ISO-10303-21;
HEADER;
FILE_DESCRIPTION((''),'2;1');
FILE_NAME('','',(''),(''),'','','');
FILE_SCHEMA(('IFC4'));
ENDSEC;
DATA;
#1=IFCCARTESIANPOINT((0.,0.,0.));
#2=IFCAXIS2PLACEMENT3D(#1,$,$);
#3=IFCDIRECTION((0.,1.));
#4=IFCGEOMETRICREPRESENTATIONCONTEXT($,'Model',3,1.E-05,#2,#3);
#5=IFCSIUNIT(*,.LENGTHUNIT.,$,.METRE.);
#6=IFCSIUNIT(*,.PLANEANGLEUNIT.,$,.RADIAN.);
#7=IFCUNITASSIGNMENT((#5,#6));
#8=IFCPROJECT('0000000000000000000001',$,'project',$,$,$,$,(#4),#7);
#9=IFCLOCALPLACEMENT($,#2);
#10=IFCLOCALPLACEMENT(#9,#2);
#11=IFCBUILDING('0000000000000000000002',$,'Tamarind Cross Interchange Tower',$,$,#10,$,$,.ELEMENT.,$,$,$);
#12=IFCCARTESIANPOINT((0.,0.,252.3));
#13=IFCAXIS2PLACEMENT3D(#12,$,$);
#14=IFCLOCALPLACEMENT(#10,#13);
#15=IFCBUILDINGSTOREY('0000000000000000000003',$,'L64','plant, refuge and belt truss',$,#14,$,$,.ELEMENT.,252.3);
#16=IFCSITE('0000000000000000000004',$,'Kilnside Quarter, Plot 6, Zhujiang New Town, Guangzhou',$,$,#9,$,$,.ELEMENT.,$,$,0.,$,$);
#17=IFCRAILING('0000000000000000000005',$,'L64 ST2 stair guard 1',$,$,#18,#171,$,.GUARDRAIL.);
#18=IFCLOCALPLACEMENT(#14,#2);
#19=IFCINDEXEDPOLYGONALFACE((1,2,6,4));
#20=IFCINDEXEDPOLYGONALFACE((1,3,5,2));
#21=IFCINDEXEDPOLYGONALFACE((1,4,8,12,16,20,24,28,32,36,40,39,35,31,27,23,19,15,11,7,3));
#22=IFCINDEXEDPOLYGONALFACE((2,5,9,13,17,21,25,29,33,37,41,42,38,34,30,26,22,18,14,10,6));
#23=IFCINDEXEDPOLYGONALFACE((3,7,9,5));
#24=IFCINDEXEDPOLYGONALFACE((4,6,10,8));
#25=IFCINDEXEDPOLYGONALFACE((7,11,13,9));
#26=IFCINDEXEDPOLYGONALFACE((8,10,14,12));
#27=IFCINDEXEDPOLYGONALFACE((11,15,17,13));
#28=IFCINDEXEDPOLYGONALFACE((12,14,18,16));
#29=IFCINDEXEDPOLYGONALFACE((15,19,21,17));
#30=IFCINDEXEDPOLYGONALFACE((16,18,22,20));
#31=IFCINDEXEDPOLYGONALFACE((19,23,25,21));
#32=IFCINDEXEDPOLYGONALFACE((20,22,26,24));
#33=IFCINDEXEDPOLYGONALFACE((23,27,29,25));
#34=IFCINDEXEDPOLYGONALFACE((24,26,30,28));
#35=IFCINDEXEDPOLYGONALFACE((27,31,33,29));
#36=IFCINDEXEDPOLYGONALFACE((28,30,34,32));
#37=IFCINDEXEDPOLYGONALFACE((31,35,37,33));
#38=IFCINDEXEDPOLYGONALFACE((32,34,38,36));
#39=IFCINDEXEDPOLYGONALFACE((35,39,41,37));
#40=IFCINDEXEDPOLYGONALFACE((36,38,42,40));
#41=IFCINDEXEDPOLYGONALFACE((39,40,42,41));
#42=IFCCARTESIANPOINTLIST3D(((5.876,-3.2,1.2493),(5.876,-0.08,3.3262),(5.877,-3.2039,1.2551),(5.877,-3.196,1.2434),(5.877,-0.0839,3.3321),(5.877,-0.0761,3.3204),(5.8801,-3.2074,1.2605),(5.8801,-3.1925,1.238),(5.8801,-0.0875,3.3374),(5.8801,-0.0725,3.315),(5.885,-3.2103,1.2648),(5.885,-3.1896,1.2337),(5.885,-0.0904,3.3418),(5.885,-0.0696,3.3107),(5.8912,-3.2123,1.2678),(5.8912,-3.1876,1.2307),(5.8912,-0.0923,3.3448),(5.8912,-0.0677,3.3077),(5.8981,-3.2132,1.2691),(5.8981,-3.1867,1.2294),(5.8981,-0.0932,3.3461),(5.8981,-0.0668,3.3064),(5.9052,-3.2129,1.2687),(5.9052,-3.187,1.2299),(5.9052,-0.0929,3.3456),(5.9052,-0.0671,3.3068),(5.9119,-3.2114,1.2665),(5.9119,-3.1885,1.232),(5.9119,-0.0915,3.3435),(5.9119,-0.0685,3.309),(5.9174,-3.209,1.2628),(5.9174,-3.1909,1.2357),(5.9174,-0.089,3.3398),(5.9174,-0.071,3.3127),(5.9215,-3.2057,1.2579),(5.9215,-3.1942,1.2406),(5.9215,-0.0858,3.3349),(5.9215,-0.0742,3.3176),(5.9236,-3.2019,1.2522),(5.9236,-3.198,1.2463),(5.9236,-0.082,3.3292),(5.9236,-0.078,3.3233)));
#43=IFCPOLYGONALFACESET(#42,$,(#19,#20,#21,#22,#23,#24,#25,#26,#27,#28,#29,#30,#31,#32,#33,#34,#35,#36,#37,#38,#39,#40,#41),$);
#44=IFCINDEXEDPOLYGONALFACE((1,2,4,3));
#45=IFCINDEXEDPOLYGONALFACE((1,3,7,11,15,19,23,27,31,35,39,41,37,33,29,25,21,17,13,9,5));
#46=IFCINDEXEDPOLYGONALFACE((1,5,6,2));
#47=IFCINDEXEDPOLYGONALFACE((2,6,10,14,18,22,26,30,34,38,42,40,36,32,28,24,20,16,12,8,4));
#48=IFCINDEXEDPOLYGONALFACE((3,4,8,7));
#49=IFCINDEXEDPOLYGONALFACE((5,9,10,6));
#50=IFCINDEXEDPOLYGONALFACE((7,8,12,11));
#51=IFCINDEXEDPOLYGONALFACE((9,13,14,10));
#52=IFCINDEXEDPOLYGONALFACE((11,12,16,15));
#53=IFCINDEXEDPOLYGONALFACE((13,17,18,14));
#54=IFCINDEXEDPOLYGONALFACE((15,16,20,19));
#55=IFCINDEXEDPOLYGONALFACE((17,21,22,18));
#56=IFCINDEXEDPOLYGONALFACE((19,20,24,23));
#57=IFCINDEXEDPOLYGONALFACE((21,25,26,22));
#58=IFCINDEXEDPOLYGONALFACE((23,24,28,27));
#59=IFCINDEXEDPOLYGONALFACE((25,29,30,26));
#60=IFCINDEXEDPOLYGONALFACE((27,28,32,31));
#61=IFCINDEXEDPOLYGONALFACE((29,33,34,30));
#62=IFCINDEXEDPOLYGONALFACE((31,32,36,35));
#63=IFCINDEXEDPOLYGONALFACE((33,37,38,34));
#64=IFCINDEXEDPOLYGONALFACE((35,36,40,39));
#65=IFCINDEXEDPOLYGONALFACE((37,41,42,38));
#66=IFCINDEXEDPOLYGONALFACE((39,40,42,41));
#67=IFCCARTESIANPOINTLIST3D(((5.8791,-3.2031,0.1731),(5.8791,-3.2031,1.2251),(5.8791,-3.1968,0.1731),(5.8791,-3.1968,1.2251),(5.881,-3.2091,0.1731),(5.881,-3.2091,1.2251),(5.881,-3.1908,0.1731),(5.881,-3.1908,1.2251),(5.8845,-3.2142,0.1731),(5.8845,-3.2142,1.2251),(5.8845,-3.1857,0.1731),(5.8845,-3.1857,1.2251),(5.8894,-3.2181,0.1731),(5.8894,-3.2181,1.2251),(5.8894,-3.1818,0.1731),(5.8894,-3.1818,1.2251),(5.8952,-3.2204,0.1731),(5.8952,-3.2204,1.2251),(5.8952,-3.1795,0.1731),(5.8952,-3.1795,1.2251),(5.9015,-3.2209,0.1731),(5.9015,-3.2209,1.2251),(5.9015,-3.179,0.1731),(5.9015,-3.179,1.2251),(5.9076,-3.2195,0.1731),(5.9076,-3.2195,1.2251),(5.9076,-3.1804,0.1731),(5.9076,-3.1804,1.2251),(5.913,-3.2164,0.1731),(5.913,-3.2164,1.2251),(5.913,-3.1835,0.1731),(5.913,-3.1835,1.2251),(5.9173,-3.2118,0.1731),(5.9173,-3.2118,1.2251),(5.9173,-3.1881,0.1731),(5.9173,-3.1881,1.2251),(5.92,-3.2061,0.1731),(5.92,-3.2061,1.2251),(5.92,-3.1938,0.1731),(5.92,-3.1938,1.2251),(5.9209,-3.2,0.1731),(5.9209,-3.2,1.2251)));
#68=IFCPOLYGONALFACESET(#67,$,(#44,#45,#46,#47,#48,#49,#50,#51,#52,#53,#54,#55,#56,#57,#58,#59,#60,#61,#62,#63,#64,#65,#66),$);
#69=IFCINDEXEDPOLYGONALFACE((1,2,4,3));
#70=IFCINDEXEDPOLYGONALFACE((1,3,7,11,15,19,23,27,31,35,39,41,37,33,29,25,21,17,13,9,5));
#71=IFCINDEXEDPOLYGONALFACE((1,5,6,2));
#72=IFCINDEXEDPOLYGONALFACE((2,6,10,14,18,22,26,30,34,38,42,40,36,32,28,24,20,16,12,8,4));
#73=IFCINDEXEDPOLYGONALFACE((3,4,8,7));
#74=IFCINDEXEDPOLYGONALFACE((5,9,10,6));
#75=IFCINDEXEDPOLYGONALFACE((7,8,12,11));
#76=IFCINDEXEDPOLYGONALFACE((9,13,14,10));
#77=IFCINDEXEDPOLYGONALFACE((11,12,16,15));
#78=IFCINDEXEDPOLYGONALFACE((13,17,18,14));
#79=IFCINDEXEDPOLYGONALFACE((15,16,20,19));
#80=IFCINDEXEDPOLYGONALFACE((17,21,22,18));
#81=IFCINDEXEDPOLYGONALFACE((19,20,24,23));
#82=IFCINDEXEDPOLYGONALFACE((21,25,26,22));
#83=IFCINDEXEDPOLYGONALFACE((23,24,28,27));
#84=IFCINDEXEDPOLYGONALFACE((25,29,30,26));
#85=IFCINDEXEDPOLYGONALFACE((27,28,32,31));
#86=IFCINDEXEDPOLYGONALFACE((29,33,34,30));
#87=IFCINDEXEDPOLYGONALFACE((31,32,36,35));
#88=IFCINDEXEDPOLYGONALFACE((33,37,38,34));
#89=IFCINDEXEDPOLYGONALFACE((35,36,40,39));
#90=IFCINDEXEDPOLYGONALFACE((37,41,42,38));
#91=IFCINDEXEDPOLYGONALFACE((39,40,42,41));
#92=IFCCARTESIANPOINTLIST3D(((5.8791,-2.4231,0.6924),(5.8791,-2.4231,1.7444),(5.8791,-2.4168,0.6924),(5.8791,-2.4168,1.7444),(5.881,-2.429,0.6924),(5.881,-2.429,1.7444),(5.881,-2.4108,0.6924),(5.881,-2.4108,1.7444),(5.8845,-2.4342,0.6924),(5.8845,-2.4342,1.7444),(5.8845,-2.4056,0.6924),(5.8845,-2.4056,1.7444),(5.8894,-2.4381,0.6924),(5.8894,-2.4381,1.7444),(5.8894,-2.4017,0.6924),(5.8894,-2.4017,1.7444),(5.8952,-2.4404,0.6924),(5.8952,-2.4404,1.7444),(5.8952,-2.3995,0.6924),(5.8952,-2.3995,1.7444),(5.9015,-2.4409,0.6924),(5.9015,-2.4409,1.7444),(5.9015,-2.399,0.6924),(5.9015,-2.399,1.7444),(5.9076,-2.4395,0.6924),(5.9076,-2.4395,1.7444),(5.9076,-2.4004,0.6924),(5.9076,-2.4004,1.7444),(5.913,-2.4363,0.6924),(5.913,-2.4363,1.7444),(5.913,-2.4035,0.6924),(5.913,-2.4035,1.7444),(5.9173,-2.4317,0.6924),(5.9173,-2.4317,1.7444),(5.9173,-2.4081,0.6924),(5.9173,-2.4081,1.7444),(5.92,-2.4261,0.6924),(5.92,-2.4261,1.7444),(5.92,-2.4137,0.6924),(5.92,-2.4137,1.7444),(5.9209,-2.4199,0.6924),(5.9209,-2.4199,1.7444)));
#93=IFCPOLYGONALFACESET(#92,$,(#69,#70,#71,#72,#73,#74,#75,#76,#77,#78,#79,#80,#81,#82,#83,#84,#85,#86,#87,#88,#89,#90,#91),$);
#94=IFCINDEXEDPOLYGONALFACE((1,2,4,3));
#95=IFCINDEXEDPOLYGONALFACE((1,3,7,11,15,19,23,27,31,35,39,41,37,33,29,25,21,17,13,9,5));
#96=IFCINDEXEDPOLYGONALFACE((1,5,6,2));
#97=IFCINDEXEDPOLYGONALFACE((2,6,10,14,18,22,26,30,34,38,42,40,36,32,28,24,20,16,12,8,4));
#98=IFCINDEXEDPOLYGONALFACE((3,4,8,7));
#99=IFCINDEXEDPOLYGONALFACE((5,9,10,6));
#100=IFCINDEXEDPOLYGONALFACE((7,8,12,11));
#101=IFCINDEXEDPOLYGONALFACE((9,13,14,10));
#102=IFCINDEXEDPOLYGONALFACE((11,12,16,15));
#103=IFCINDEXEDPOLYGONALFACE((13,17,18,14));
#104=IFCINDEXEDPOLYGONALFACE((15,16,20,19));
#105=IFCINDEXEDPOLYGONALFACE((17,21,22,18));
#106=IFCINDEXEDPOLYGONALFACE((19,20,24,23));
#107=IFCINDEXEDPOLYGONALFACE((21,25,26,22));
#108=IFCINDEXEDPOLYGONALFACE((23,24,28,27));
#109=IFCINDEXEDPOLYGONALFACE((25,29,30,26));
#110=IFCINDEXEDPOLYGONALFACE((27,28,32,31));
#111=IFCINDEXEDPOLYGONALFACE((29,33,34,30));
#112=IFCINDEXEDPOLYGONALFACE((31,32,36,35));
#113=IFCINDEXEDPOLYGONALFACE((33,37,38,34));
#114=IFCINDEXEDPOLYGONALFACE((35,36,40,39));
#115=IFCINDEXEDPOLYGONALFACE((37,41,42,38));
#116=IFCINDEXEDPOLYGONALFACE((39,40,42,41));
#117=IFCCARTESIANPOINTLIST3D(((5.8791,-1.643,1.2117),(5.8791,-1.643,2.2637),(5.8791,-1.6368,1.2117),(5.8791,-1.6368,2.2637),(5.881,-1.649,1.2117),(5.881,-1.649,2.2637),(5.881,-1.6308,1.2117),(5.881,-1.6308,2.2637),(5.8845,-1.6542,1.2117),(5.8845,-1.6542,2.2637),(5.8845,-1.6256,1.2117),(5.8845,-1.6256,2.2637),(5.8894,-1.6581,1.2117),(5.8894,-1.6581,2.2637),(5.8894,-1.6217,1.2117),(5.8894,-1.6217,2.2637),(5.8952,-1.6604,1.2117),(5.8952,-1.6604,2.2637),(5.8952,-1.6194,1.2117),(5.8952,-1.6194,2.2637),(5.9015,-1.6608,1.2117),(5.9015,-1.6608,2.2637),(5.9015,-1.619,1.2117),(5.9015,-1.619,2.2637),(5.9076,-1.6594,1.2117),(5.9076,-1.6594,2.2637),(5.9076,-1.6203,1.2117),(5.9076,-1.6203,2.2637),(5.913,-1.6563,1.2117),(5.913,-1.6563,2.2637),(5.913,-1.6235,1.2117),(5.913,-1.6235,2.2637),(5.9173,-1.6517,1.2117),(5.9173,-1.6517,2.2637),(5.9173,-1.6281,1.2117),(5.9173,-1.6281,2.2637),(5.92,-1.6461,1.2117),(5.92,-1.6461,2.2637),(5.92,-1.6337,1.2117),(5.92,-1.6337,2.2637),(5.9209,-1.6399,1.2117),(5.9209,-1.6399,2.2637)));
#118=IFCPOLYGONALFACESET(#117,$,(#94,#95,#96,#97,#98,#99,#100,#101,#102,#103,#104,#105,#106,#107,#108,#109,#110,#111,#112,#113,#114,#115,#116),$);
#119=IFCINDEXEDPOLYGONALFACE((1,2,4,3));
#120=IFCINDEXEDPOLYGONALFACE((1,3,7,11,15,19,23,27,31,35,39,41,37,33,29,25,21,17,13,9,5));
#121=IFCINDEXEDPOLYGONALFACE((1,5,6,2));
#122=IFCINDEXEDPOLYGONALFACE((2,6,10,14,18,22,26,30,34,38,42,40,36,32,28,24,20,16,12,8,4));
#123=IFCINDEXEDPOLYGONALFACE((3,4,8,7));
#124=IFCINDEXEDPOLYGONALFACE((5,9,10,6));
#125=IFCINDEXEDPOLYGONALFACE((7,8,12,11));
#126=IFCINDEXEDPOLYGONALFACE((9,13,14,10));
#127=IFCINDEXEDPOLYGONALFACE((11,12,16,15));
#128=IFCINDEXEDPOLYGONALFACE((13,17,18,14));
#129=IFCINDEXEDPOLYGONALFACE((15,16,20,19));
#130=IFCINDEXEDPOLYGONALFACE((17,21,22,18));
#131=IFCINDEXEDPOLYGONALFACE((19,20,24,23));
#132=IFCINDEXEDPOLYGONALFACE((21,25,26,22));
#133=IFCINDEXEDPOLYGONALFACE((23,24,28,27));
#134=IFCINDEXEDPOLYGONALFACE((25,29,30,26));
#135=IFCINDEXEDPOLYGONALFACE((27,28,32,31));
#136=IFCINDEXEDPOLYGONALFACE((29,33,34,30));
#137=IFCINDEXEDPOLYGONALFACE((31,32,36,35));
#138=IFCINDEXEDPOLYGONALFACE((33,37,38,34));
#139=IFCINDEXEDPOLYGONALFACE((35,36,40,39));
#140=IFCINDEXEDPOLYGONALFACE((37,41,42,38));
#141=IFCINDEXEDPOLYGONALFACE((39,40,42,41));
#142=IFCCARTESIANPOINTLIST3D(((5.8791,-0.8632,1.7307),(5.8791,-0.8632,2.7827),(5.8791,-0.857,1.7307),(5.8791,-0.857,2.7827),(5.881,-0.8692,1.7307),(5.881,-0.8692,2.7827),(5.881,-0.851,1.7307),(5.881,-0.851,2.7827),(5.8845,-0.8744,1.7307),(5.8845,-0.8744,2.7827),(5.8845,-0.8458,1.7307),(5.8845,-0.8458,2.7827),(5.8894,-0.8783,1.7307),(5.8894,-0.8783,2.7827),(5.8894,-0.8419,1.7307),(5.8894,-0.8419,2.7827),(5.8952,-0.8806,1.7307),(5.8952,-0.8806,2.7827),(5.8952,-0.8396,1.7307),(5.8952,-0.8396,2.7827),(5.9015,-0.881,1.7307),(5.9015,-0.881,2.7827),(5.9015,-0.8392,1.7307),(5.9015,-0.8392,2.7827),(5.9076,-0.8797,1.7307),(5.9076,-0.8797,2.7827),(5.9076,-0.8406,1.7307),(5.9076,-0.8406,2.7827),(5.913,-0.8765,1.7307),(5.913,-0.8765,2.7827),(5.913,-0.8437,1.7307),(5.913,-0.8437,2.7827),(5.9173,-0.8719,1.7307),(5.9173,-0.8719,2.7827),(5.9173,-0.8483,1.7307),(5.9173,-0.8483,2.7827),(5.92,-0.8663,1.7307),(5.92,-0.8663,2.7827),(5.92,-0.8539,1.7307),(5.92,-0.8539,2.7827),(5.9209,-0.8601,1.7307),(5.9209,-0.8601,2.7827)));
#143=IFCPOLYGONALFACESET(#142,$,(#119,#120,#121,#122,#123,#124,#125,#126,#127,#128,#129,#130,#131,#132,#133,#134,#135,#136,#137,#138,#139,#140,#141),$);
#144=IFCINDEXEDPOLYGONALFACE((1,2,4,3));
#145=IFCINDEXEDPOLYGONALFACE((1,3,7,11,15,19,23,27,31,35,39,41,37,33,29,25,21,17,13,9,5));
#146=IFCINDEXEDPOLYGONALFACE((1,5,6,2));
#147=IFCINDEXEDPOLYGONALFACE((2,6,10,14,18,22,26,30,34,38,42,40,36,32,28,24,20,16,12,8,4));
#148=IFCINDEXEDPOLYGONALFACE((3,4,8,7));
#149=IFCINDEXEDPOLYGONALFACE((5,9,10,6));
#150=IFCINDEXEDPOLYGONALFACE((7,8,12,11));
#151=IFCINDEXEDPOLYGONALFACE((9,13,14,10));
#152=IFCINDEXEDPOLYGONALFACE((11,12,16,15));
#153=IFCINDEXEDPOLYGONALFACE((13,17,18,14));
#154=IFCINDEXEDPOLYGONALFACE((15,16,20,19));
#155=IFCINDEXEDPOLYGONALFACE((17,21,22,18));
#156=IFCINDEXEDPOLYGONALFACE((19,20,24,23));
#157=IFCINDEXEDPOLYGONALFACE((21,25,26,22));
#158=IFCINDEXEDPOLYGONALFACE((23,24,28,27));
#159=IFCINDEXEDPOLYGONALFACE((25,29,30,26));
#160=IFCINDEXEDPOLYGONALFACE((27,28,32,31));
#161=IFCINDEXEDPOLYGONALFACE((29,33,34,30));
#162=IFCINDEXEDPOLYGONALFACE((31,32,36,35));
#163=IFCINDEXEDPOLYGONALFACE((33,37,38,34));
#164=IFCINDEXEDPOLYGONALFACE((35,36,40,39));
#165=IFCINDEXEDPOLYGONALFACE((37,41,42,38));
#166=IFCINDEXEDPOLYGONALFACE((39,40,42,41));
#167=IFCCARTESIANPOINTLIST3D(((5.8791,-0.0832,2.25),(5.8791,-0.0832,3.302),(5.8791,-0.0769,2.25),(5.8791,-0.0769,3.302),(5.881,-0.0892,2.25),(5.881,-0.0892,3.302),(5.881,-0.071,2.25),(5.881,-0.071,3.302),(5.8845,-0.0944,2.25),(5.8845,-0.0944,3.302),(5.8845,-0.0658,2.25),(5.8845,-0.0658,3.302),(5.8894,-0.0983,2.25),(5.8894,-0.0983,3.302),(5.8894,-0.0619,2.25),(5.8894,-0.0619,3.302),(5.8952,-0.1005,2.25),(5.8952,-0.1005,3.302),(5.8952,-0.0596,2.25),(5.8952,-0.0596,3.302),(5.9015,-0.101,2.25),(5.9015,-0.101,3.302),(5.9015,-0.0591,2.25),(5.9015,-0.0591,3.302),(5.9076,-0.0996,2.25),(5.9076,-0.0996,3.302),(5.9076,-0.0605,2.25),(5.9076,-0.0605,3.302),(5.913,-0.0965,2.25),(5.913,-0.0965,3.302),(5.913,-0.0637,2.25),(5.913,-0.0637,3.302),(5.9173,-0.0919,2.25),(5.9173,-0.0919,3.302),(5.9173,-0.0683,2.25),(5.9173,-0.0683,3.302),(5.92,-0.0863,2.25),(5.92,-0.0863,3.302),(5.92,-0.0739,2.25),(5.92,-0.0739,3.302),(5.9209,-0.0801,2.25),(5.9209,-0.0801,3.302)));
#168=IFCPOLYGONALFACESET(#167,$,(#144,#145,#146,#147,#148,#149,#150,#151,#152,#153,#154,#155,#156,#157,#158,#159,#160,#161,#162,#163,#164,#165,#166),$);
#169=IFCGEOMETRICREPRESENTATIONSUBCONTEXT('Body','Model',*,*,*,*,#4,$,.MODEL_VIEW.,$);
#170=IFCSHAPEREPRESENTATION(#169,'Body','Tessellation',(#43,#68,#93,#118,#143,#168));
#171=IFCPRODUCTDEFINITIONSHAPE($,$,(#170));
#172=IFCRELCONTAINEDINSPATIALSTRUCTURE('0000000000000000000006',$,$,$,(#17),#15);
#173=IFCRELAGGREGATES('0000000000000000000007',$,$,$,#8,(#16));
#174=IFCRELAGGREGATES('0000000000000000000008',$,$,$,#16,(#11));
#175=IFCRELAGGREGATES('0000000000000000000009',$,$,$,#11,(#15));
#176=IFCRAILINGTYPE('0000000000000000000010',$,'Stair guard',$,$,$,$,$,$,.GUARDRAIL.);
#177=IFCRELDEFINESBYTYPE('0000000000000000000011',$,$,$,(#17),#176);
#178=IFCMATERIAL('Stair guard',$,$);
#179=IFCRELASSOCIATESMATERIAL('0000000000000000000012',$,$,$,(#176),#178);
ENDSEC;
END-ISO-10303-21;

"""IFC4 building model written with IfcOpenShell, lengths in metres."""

from ifc_helpers import new_model, si_unit, direction, frame, origin, origin_2d, place, context, subcontext, project, spatial, circle, extrude, material, type_object, element, save


model = new_model("IFC4")

# Units and contexts
model_context = context("Model", 3, precision=1e-05, world=origin(), true_north=direction((0.0, 1.0)))
body_context = subcontext(model_context, "Body", "Model", "MODEL_VIEW")
ifc_project = project(units=[si_unit("LENGTHUNIT", "METRE"), si_unit("PLANEANGLEUNIT", "RADIAN")], contexts=[model_context])

# Site, building, storey
site_placement = place(None, origin())
site = spatial("IfcSite", under=ifc_project, at=site_placement, Name="Kilnside Quarter, Plot 6, Zhujiang New Town, Guangzhou", CompositionType="ELEMENT", RefElevation=0.0)
building_placement = place(site_placement, origin())
building = spatial("IfcBuilding", under=site, at=building_placement, Name="Tamarind Cross Interchange Tower", CompositionType="ELEMENT")
storey_placement = place(building_placement, frame((0.0, 0.0, 252.3)))
storey = spatial("IfcBuildingStorey", under=building, at=storey_placement, Name="L64", Description="plant, refuge and belt truss", CompositionType="ELEMENT", Elevation=252.3)

# Railing
ifc_material_1 = material(Name="Stair guard")
railing_type_1 = type_object("IfcRailingType", Name="Stair guard", PredefinedType="GUARDRAIL", material=ifc_material_1)
railing_1_placement = place(storey_placement, frame((5.8999, -3.2, 0.1731)))
element("IfcRailing", 1, at=railing_1_placement, inside=storey, type_object=railing_type_1, Name="L64 ST2 stair guard 1", PredefinedType="GUARDRAIL", context=body_context, shape_type="SweptSolid", body=[
    extrude(circle(Radius=0.0239, at=origin_2d()), frame((0.0, 0.0, 1.0762), z_axis=(0.0, 0.832421, 0.554144), x_axis=(-1.0, 0.0, 0.0)), (0.0, 0.0, 1.0), 3.748),
    extrude(circle(Radius=0.021, at=origin_2d()), origin(), (0.0, 0.0, 1.0), 1.052),
    extrude(circle(Radius=0.021, at=origin_2d()), frame((0.0, 0.78, 0.5193)), (0.0, 0.0, 1.0), 1.052),
    extrude(circle(Radius=0.021, at=origin_2d()), frame((0.0, 1.5601, 1.0386)), (0.0, 0.0, 1.0), 1.052),
    extrude(circle(Radius=0.021, at=origin_2d()), frame((0.0, 2.3398, 1.5576)), (0.0, 0.0, 1.0), 1.052),
    extrude(circle(Radius=0.021, at=origin_2d()), frame((0.0, 3.1199, 2.0769)), (0.0, 0.0, 1.0), 1.052),
])

save(model, "model.ifc")
